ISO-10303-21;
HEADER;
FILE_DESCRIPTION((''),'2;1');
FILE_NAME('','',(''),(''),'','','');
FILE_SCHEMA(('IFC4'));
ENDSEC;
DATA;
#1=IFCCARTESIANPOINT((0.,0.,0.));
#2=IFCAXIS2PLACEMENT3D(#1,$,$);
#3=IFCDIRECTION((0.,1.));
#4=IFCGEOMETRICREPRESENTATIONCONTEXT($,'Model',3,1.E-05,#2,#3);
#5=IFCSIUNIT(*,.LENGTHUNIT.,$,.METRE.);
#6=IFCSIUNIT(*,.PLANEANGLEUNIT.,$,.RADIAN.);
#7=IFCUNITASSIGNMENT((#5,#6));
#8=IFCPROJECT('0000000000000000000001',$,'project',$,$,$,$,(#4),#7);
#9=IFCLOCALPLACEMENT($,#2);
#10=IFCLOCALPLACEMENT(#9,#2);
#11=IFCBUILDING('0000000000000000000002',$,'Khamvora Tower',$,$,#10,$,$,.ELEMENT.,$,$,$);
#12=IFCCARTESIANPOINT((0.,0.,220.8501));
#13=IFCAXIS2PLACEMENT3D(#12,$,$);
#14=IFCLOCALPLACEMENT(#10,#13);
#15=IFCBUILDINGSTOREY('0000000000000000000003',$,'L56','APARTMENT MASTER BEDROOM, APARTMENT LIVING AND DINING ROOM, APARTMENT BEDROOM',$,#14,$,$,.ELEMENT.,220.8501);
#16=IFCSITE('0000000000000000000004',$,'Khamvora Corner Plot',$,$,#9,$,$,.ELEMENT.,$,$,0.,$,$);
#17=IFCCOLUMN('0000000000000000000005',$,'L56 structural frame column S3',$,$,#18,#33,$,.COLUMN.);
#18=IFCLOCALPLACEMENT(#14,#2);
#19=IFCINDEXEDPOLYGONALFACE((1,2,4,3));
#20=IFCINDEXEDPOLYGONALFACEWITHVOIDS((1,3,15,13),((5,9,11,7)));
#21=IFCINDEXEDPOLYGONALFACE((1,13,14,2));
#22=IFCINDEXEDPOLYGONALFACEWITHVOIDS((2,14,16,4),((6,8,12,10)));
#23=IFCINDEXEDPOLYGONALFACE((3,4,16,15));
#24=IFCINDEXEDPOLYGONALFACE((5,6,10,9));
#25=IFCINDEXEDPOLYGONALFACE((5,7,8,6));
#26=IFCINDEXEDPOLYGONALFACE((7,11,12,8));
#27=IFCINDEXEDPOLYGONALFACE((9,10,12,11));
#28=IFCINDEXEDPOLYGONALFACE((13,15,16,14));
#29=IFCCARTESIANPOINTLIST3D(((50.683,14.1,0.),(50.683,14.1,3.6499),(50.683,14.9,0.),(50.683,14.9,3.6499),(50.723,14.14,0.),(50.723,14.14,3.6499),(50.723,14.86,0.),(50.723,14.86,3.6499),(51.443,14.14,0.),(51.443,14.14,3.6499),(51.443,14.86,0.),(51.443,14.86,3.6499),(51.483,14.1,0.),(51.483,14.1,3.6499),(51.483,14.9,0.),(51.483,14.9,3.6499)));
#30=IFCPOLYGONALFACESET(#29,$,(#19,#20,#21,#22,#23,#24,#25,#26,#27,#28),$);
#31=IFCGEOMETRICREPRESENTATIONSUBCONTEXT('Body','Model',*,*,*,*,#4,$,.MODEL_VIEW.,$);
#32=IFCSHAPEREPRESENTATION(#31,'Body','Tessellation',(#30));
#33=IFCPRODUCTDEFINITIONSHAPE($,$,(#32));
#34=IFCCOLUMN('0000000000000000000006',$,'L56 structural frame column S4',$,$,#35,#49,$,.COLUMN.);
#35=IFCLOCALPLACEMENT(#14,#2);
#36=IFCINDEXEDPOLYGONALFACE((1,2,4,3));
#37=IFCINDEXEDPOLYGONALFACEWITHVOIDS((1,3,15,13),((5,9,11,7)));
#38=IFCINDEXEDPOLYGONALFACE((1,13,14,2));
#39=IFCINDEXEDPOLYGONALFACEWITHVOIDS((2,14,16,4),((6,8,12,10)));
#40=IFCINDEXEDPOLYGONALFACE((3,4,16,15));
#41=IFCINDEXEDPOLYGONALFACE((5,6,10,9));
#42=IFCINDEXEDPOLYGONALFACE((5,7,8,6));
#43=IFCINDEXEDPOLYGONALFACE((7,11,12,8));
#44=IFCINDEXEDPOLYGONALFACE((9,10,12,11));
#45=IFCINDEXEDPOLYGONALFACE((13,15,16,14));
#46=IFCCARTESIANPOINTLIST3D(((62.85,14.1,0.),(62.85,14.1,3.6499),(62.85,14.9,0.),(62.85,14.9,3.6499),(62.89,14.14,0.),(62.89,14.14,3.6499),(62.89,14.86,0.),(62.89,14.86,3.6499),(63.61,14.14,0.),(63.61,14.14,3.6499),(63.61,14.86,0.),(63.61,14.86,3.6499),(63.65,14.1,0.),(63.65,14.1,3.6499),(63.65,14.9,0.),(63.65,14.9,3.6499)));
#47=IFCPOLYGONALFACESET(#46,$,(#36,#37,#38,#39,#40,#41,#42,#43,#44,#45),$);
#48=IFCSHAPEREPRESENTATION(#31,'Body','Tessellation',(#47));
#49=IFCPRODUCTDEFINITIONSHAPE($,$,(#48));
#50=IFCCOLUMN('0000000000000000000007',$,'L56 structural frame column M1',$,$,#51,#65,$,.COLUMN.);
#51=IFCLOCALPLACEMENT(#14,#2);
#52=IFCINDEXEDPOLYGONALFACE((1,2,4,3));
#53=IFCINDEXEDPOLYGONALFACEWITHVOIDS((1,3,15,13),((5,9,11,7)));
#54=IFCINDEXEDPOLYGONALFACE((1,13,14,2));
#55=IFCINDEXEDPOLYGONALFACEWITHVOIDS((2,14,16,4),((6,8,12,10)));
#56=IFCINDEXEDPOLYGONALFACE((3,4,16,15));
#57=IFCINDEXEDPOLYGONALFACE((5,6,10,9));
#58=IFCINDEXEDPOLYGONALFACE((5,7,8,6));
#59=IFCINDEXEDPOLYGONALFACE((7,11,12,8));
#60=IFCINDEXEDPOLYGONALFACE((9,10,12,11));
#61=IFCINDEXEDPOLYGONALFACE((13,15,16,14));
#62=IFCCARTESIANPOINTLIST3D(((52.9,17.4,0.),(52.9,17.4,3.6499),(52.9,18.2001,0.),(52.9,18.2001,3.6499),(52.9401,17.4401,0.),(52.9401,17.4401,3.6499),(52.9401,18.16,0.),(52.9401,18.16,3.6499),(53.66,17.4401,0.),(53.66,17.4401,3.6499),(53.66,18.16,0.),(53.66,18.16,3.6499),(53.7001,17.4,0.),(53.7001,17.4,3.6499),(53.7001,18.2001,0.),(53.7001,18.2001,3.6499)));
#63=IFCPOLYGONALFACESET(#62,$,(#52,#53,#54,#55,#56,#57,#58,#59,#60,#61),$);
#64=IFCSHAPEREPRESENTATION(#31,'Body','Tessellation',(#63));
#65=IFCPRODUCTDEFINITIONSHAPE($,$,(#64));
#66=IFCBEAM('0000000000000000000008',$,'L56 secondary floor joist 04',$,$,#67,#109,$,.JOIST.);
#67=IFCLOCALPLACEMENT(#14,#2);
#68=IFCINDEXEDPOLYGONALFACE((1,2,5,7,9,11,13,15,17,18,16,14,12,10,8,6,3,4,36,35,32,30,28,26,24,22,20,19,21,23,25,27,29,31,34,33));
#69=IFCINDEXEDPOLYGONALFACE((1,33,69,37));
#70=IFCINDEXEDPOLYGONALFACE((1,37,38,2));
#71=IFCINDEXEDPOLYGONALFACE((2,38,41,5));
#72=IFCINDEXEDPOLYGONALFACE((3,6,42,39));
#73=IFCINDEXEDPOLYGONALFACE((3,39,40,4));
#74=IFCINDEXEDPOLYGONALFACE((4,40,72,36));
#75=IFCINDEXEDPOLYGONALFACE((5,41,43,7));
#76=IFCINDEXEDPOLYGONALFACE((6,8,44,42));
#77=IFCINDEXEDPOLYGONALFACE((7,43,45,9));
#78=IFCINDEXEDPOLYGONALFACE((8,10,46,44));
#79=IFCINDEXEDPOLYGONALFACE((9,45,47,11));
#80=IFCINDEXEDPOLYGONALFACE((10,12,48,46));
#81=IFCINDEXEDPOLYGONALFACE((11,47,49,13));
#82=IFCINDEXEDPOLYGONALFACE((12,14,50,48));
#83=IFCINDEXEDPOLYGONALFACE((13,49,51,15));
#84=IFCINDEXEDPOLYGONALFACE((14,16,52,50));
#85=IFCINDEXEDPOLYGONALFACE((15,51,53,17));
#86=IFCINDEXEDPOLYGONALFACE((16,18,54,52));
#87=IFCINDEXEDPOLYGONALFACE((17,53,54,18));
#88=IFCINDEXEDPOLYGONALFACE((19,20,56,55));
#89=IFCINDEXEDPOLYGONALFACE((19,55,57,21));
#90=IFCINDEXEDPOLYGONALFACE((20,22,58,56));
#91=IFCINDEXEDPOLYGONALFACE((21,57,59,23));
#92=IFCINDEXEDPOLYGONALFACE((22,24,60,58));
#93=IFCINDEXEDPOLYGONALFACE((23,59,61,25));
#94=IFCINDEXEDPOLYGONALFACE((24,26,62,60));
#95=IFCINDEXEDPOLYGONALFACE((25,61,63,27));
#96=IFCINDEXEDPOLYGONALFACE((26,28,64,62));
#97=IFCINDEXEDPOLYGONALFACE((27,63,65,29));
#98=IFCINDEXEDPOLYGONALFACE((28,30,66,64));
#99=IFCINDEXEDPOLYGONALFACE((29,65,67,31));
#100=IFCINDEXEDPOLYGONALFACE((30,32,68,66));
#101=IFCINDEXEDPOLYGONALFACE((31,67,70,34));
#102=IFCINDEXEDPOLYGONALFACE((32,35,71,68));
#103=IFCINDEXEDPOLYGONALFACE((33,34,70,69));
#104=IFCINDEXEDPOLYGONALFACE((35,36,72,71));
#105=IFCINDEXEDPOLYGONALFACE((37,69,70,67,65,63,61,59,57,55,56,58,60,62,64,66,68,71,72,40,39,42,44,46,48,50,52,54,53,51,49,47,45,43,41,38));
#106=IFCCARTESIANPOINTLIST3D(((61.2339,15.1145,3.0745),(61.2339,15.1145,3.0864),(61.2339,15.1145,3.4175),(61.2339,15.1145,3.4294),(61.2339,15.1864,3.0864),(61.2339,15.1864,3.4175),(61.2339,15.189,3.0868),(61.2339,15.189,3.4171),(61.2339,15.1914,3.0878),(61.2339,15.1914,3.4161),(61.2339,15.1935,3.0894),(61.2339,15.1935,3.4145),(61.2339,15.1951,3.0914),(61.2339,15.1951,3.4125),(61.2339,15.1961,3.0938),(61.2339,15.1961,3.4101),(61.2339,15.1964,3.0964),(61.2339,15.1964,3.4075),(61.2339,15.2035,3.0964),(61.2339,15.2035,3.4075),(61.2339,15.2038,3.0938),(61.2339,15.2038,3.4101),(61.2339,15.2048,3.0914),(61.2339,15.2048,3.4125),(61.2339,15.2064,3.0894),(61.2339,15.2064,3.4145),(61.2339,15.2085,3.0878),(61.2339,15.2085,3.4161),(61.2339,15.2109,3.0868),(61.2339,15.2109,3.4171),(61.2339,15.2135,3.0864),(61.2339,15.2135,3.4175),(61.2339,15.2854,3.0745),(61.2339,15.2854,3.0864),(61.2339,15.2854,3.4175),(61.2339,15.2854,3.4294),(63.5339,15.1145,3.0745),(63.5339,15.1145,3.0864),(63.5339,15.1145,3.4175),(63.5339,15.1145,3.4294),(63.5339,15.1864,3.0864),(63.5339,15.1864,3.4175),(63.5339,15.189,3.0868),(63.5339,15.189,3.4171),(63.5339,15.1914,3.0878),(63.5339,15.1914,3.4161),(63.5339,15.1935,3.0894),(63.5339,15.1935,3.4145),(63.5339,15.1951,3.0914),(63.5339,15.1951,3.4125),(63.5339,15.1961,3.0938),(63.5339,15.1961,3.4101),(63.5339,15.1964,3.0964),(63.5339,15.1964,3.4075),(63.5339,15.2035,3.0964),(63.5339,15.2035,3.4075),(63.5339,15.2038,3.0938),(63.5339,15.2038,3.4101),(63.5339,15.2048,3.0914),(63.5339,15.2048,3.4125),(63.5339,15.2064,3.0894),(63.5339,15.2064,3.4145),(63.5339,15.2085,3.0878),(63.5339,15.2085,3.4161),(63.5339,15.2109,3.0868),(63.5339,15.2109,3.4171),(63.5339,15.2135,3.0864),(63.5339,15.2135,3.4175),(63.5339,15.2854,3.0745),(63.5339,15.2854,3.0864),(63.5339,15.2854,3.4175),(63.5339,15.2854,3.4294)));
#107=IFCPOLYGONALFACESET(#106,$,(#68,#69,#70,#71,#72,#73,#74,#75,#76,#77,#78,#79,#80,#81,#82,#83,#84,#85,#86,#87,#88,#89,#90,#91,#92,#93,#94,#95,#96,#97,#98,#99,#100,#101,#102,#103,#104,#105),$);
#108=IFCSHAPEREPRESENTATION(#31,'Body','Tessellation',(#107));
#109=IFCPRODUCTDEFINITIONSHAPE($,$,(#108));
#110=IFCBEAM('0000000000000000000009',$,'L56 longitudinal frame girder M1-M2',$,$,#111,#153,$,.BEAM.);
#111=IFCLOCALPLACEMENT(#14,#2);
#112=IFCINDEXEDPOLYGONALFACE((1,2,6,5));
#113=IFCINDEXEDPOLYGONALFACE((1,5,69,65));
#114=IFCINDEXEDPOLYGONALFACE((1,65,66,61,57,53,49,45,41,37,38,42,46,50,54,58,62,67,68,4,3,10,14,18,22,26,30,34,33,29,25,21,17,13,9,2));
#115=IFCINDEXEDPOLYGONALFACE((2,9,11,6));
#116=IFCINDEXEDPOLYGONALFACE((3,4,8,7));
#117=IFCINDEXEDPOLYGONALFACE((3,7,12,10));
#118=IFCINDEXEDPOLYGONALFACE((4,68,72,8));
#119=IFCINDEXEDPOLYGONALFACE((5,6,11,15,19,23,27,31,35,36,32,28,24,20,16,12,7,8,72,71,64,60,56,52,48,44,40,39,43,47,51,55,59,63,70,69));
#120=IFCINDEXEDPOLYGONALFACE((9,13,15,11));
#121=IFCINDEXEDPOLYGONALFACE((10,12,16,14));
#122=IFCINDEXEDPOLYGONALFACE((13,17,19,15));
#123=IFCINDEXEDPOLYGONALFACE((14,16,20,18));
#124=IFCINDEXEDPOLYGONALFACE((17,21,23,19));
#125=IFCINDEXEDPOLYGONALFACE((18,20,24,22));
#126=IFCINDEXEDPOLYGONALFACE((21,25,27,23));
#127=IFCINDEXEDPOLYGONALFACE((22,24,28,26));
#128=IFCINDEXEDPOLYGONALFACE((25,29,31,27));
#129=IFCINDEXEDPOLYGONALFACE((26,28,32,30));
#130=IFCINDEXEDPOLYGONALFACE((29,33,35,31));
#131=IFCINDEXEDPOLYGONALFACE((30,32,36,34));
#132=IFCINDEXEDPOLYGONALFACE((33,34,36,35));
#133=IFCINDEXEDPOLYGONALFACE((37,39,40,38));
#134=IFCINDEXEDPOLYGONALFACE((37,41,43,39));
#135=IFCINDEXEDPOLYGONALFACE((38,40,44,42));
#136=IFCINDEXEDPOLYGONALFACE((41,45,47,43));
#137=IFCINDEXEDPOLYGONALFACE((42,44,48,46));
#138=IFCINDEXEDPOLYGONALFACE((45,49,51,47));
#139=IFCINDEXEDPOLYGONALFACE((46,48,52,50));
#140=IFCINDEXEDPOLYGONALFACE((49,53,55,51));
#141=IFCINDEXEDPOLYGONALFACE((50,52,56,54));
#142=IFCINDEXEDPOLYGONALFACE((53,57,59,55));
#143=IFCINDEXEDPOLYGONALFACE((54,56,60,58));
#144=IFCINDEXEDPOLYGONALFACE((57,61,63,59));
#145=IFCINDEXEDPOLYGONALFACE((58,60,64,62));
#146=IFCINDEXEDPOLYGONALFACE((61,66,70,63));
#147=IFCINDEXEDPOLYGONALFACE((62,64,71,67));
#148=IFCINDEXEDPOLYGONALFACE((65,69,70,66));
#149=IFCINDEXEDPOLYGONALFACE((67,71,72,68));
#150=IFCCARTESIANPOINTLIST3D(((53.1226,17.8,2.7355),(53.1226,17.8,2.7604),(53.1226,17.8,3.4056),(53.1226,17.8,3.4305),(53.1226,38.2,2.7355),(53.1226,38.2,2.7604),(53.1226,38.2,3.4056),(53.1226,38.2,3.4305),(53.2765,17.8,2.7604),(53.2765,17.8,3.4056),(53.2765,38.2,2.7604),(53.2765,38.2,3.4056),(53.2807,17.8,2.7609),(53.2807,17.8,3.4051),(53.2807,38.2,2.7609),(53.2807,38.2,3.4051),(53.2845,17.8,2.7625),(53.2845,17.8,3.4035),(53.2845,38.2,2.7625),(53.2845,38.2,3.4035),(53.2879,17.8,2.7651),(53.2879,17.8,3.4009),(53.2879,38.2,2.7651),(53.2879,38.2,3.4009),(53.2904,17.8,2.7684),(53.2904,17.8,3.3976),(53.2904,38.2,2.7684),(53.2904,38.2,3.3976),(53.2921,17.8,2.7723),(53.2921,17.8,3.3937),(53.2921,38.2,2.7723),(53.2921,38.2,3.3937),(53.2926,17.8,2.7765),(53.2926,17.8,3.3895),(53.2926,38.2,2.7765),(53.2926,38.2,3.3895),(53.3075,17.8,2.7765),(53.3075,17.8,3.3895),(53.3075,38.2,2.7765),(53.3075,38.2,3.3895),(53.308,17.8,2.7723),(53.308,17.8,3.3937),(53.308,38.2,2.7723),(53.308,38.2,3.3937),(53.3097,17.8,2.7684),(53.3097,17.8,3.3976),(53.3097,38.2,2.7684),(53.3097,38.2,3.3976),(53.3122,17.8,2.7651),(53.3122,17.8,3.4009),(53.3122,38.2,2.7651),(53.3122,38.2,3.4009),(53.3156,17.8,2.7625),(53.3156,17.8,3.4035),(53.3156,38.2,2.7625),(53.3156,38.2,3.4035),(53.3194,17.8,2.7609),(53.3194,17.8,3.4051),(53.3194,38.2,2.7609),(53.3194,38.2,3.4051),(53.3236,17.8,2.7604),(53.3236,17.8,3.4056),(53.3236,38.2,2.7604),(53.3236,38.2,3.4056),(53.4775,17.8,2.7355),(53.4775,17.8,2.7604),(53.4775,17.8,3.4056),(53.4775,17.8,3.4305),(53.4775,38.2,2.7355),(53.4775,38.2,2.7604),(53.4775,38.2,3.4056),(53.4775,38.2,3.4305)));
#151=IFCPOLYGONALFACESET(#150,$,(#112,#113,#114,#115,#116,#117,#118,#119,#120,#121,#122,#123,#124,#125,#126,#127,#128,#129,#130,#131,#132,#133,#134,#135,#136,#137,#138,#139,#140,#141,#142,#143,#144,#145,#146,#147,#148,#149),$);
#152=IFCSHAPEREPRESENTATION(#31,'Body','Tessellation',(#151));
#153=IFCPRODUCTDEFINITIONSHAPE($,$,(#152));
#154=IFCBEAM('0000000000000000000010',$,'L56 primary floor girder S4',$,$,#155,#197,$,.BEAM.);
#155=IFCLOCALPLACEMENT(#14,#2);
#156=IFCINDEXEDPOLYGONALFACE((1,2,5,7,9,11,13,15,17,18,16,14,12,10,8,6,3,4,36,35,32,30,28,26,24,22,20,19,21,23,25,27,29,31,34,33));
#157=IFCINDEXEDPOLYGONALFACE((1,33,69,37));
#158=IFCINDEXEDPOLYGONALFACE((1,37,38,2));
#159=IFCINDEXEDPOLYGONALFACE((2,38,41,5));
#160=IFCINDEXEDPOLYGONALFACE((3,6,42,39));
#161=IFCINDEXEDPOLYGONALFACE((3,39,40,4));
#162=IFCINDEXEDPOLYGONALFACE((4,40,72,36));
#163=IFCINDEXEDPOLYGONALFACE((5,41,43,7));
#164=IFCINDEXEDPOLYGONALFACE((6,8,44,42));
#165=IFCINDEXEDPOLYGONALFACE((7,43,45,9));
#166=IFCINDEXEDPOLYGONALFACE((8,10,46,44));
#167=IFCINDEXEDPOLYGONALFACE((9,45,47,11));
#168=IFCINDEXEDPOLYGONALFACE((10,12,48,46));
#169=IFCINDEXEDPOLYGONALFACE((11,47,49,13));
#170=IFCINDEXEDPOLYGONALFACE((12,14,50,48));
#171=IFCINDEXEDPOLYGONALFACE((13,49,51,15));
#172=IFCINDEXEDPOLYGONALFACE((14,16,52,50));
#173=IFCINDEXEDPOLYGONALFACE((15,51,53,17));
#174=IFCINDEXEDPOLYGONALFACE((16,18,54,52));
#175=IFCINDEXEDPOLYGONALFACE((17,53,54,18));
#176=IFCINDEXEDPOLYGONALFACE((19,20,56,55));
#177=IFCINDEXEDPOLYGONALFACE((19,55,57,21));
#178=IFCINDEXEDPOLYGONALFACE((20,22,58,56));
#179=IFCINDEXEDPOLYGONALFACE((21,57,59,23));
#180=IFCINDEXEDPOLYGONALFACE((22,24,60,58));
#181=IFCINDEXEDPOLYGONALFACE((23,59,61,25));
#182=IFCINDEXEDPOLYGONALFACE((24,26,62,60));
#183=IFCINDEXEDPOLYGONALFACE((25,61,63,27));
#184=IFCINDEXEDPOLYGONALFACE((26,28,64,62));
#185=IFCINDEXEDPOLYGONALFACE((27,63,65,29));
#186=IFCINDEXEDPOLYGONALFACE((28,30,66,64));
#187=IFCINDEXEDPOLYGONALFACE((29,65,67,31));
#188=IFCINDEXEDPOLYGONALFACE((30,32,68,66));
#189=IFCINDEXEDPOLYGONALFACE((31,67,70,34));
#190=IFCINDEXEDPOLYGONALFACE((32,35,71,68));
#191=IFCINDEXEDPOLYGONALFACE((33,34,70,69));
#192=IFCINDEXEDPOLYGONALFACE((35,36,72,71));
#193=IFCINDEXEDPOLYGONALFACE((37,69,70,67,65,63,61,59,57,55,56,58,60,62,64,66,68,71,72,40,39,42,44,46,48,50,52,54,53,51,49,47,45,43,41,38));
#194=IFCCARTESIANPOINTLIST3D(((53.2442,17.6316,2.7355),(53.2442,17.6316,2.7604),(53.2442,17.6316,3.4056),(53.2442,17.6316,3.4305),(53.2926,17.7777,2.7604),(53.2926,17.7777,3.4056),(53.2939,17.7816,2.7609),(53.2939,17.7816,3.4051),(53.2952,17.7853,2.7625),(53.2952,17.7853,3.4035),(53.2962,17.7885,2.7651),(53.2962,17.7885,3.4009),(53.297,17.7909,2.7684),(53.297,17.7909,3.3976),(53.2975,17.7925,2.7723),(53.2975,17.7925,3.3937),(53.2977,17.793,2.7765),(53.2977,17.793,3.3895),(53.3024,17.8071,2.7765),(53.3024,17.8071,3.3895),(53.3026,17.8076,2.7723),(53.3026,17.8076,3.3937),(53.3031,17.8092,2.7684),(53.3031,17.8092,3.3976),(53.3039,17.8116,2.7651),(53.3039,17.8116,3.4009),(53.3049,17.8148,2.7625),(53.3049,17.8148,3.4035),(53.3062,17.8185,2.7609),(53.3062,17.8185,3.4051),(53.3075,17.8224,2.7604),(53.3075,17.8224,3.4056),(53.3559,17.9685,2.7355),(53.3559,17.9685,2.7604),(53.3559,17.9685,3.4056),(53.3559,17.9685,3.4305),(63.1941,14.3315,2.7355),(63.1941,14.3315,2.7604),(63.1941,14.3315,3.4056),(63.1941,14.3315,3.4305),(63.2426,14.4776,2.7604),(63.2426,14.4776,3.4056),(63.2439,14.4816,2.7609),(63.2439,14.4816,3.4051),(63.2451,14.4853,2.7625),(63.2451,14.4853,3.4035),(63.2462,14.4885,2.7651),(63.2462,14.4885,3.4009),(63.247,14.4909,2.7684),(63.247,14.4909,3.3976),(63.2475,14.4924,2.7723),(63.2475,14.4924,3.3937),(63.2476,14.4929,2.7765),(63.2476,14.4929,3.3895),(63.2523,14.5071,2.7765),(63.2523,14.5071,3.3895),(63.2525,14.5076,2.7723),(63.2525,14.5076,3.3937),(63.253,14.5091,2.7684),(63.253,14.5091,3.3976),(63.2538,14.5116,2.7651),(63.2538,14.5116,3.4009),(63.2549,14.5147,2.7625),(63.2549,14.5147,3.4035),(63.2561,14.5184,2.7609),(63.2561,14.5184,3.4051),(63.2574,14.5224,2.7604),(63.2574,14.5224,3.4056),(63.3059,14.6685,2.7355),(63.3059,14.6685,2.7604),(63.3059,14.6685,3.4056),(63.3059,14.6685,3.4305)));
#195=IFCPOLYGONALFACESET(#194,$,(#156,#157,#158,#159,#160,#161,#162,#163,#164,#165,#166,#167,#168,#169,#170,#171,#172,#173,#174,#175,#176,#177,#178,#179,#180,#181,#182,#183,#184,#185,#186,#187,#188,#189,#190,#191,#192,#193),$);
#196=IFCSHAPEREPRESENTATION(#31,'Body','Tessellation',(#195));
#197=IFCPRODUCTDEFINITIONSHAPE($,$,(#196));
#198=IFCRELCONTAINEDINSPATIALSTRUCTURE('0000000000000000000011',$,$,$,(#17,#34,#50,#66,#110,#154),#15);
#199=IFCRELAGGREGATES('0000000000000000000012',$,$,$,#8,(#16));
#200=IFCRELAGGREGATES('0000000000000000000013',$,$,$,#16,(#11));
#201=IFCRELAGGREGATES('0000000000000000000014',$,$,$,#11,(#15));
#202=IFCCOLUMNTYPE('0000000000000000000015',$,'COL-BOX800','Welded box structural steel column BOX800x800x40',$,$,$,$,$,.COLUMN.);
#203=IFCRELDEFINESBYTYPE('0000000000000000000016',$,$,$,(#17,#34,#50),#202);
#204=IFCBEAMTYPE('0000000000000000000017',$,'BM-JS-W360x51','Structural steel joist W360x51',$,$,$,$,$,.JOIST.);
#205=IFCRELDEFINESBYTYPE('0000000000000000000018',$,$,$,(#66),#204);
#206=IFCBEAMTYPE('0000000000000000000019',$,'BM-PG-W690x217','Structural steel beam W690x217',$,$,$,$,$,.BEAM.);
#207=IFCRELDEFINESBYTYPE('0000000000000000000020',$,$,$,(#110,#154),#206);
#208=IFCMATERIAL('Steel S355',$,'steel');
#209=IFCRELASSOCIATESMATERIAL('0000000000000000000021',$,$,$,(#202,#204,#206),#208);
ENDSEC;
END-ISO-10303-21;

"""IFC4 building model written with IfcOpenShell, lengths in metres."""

from ifc_helpers import new_model, si_unit, direction, frame, origin, origin_2d, place, context, subcontext, project, spatial, hollow_rectangle, i_section, extrude, material, material_profile, profile_set, type_object, element, save


model = new_model("IFC4")

# Units and contexts
model_context = context("Model", 3, precision=1e-05, world=origin(), true_north=direction((0.0, 1.0)))
body_context = subcontext(model_context, "Body", "Model", "MODEL_VIEW")
ifc_project = project(units=[si_unit("LENGTHUNIT", "METRE"), si_unit("PLANEANGLEUNIT", "RADIAN")], contexts=[model_context])

# Site, building, storey
site_placement = place(None, origin())
site = spatial("IfcSite", under=ifc_project, at=site_placement, Name="Khamvora Corner Plot", CompositionType="ELEMENT", RefElevation=0.0)
building_placement = place(site_placement, origin())
building = spatial("IfcBuilding", under=site, at=building_placement, Name="Khamvora Tower", CompositionType="ELEMENT")
storey_placement = place(building_placement, frame((0.0, 0.0, 220.8501)))
storey = spatial("IfcBuildingStorey", under=building, at=storey_placement, Name="L56", Description="APARTMENT MASTER BEDROOM, APARTMENT LIVING AND DINING ROOM, APARTMENT BEDROOM", CompositionType="ELEMENT", Elevation=220.8501)

# Columns
ifc_material_1 = material(Name="Steel S355", Category="steel")
ifc_material_profile_1 = material_profile(ifc_material_1, hollow_rectangle(XDim=0.8, YDim=0.8, WallThickness=0.04, at=origin_2d()), Name="BOX800x800x40")
ifc_profile_set_1 = profile_set([ifc_material_profile_1], Name="Steel S355")
column_type = type_object("IfcColumnType", Name="COL-BOX800", Description="Welded box structural steel column BOX800x800x40", PredefinedType="COLUMN", material=ifc_profile_set_1)
for number, where, z_axis, x_axis, name in (
    (1, (51.083, 14.5, 0.0), (0.0, 0.0, 1.0), (1.0, 0.0, 0.0), "L56 structural frame column S3"),
    (2, (63.25, 14.5, 0.0), (0.0, 0.0, 1.0), (1.0, 0.0, 0.0), "L56 structural frame column S4"),
    (3, (53.3, 17.8, 0.0), (0.0, 0.0, 1.0), (1.0, 0.0, 0.0), "L56 structural frame column M1"),
):
    element("IfcColumn", number, at=place(storey_placement, frame(where, z_axis=z_axis, x_axis=x_axis)), inside=storey, type_object=column_type, Name=name, PredefinedType="COLUMN", context=body_context, shape_type="SweptSolid", body=[
        extrude(hollow_rectangle(XDim=0.8, YDim=0.8, WallThickness=0.04, at=origin_2d()), origin(), (0.0, 0.0, 1.0), 3.6499),
    ])

# Beams
ifc_material_profile_2 = material_profile(ifc_material_1, i_section(OverallWidth=0.1709, OverallDepth=0.355, WebThickness=0.0071, FlangeThickness=0.012, FilletRadius=0.01, at=origin_2d()), Name="W360x51")
ifc_profile_set_2 = profile_set([ifc_material_profile_2], Name="Steel S355")
beam_type_1 = type_object("IfcBeamType", Name="BM-JS-W360x51", Description="Structural steel joist W360x51", PredefinedType="JOIST", material=ifc_profile_set_2)
beam_1_placement = place(storey_placement, frame((61.2339, 15.2, 3.252), z_axis=(1.0, 0.0, 0.0), x_axis=(0.0, 1.0, 0.0)))
element("IfcBeam", 4, at=beam_1_placement, inside=storey, type_object=beam_type_1, Name="L56 secondary floor joist 04", PredefinedType="JOIST", context=body_context, shape_type="SweptSolid", body=[
    extrude(i_section(OverallWidth=0.1709, OverallDepth=0.355, WebThickness=0.0071, FlangeThickness=0.012, FilletRadius=0.01, at=origin_2d()), origin(), (0.0, 0.0, 1.0), 2.3),
])
ifc_material_profile_3 = material_profile(ifc_material_1, i_section(OverallWidth=0.355, OverallDepth=0.6951, WebThickness=0.0149, FlangeThickness=0.0249, FilletRadius=0.0161, at=origin_2d()), Name="W690x217")
ifc_profile_set_3 = profile_set([ifc_material_profile_3], Name="Steel S355")
beam_type_2 = type_object("IfcBeamType", Name="BM-PG-W690x217", Description="Structural steel beam W690x217", PredefinedType="BEAM", material=ifc_profile_set_3)
beam_2_placement = place(storey_placement, frame((53.3, 17.8, 3.083), z_axis=(0.0, 1.0, 0.0), x_axis=(-1.0, 0.0, 0.0)))
element("IfcBeam", 5, at=beam_2_placement, inside=storey, type_object=beam_type_2, Name="L56 longitudinal frame girder M1-M2", PredefinedType="BEAM", context=body_context, shape_type="SweptSolid", body=[
    extrude(i_section(OverallWidth=0.355, OverallDepth=0.6951, WebThickness=0.0149, FlangeThickness=0.0249, FilletRadius=0.0161, at=origin_2d()), origin(), (0.0, 0.0, 1.0), 20.3999),
])
beam_3_placement = place(storey_placement, frame((53.3, 17.8, 3.083), z_axis=(0.949157, -0.314802, 0.0), x_axis=(0.314802, 0.949157, 0.0)))
element("IfcBeam", 6, at=beam_3_placement, inside=storey, type_object=beam_type_2, Name="L56 primary floor girder S4", PredefinedType="BEAM", context=body_context, shape_type="SweptSolid", body=[
    extrude(i_section(OverallWidth=0.355, OverallDepth=0.6951, WebThickness=0.0149, FlangeThickness=0.0249, FilletRadius=0.0161, at=origin_2d()), origin(), (0.0, 0.0, 1.0), 10.4829),
])

save(model, "model.ifc")
